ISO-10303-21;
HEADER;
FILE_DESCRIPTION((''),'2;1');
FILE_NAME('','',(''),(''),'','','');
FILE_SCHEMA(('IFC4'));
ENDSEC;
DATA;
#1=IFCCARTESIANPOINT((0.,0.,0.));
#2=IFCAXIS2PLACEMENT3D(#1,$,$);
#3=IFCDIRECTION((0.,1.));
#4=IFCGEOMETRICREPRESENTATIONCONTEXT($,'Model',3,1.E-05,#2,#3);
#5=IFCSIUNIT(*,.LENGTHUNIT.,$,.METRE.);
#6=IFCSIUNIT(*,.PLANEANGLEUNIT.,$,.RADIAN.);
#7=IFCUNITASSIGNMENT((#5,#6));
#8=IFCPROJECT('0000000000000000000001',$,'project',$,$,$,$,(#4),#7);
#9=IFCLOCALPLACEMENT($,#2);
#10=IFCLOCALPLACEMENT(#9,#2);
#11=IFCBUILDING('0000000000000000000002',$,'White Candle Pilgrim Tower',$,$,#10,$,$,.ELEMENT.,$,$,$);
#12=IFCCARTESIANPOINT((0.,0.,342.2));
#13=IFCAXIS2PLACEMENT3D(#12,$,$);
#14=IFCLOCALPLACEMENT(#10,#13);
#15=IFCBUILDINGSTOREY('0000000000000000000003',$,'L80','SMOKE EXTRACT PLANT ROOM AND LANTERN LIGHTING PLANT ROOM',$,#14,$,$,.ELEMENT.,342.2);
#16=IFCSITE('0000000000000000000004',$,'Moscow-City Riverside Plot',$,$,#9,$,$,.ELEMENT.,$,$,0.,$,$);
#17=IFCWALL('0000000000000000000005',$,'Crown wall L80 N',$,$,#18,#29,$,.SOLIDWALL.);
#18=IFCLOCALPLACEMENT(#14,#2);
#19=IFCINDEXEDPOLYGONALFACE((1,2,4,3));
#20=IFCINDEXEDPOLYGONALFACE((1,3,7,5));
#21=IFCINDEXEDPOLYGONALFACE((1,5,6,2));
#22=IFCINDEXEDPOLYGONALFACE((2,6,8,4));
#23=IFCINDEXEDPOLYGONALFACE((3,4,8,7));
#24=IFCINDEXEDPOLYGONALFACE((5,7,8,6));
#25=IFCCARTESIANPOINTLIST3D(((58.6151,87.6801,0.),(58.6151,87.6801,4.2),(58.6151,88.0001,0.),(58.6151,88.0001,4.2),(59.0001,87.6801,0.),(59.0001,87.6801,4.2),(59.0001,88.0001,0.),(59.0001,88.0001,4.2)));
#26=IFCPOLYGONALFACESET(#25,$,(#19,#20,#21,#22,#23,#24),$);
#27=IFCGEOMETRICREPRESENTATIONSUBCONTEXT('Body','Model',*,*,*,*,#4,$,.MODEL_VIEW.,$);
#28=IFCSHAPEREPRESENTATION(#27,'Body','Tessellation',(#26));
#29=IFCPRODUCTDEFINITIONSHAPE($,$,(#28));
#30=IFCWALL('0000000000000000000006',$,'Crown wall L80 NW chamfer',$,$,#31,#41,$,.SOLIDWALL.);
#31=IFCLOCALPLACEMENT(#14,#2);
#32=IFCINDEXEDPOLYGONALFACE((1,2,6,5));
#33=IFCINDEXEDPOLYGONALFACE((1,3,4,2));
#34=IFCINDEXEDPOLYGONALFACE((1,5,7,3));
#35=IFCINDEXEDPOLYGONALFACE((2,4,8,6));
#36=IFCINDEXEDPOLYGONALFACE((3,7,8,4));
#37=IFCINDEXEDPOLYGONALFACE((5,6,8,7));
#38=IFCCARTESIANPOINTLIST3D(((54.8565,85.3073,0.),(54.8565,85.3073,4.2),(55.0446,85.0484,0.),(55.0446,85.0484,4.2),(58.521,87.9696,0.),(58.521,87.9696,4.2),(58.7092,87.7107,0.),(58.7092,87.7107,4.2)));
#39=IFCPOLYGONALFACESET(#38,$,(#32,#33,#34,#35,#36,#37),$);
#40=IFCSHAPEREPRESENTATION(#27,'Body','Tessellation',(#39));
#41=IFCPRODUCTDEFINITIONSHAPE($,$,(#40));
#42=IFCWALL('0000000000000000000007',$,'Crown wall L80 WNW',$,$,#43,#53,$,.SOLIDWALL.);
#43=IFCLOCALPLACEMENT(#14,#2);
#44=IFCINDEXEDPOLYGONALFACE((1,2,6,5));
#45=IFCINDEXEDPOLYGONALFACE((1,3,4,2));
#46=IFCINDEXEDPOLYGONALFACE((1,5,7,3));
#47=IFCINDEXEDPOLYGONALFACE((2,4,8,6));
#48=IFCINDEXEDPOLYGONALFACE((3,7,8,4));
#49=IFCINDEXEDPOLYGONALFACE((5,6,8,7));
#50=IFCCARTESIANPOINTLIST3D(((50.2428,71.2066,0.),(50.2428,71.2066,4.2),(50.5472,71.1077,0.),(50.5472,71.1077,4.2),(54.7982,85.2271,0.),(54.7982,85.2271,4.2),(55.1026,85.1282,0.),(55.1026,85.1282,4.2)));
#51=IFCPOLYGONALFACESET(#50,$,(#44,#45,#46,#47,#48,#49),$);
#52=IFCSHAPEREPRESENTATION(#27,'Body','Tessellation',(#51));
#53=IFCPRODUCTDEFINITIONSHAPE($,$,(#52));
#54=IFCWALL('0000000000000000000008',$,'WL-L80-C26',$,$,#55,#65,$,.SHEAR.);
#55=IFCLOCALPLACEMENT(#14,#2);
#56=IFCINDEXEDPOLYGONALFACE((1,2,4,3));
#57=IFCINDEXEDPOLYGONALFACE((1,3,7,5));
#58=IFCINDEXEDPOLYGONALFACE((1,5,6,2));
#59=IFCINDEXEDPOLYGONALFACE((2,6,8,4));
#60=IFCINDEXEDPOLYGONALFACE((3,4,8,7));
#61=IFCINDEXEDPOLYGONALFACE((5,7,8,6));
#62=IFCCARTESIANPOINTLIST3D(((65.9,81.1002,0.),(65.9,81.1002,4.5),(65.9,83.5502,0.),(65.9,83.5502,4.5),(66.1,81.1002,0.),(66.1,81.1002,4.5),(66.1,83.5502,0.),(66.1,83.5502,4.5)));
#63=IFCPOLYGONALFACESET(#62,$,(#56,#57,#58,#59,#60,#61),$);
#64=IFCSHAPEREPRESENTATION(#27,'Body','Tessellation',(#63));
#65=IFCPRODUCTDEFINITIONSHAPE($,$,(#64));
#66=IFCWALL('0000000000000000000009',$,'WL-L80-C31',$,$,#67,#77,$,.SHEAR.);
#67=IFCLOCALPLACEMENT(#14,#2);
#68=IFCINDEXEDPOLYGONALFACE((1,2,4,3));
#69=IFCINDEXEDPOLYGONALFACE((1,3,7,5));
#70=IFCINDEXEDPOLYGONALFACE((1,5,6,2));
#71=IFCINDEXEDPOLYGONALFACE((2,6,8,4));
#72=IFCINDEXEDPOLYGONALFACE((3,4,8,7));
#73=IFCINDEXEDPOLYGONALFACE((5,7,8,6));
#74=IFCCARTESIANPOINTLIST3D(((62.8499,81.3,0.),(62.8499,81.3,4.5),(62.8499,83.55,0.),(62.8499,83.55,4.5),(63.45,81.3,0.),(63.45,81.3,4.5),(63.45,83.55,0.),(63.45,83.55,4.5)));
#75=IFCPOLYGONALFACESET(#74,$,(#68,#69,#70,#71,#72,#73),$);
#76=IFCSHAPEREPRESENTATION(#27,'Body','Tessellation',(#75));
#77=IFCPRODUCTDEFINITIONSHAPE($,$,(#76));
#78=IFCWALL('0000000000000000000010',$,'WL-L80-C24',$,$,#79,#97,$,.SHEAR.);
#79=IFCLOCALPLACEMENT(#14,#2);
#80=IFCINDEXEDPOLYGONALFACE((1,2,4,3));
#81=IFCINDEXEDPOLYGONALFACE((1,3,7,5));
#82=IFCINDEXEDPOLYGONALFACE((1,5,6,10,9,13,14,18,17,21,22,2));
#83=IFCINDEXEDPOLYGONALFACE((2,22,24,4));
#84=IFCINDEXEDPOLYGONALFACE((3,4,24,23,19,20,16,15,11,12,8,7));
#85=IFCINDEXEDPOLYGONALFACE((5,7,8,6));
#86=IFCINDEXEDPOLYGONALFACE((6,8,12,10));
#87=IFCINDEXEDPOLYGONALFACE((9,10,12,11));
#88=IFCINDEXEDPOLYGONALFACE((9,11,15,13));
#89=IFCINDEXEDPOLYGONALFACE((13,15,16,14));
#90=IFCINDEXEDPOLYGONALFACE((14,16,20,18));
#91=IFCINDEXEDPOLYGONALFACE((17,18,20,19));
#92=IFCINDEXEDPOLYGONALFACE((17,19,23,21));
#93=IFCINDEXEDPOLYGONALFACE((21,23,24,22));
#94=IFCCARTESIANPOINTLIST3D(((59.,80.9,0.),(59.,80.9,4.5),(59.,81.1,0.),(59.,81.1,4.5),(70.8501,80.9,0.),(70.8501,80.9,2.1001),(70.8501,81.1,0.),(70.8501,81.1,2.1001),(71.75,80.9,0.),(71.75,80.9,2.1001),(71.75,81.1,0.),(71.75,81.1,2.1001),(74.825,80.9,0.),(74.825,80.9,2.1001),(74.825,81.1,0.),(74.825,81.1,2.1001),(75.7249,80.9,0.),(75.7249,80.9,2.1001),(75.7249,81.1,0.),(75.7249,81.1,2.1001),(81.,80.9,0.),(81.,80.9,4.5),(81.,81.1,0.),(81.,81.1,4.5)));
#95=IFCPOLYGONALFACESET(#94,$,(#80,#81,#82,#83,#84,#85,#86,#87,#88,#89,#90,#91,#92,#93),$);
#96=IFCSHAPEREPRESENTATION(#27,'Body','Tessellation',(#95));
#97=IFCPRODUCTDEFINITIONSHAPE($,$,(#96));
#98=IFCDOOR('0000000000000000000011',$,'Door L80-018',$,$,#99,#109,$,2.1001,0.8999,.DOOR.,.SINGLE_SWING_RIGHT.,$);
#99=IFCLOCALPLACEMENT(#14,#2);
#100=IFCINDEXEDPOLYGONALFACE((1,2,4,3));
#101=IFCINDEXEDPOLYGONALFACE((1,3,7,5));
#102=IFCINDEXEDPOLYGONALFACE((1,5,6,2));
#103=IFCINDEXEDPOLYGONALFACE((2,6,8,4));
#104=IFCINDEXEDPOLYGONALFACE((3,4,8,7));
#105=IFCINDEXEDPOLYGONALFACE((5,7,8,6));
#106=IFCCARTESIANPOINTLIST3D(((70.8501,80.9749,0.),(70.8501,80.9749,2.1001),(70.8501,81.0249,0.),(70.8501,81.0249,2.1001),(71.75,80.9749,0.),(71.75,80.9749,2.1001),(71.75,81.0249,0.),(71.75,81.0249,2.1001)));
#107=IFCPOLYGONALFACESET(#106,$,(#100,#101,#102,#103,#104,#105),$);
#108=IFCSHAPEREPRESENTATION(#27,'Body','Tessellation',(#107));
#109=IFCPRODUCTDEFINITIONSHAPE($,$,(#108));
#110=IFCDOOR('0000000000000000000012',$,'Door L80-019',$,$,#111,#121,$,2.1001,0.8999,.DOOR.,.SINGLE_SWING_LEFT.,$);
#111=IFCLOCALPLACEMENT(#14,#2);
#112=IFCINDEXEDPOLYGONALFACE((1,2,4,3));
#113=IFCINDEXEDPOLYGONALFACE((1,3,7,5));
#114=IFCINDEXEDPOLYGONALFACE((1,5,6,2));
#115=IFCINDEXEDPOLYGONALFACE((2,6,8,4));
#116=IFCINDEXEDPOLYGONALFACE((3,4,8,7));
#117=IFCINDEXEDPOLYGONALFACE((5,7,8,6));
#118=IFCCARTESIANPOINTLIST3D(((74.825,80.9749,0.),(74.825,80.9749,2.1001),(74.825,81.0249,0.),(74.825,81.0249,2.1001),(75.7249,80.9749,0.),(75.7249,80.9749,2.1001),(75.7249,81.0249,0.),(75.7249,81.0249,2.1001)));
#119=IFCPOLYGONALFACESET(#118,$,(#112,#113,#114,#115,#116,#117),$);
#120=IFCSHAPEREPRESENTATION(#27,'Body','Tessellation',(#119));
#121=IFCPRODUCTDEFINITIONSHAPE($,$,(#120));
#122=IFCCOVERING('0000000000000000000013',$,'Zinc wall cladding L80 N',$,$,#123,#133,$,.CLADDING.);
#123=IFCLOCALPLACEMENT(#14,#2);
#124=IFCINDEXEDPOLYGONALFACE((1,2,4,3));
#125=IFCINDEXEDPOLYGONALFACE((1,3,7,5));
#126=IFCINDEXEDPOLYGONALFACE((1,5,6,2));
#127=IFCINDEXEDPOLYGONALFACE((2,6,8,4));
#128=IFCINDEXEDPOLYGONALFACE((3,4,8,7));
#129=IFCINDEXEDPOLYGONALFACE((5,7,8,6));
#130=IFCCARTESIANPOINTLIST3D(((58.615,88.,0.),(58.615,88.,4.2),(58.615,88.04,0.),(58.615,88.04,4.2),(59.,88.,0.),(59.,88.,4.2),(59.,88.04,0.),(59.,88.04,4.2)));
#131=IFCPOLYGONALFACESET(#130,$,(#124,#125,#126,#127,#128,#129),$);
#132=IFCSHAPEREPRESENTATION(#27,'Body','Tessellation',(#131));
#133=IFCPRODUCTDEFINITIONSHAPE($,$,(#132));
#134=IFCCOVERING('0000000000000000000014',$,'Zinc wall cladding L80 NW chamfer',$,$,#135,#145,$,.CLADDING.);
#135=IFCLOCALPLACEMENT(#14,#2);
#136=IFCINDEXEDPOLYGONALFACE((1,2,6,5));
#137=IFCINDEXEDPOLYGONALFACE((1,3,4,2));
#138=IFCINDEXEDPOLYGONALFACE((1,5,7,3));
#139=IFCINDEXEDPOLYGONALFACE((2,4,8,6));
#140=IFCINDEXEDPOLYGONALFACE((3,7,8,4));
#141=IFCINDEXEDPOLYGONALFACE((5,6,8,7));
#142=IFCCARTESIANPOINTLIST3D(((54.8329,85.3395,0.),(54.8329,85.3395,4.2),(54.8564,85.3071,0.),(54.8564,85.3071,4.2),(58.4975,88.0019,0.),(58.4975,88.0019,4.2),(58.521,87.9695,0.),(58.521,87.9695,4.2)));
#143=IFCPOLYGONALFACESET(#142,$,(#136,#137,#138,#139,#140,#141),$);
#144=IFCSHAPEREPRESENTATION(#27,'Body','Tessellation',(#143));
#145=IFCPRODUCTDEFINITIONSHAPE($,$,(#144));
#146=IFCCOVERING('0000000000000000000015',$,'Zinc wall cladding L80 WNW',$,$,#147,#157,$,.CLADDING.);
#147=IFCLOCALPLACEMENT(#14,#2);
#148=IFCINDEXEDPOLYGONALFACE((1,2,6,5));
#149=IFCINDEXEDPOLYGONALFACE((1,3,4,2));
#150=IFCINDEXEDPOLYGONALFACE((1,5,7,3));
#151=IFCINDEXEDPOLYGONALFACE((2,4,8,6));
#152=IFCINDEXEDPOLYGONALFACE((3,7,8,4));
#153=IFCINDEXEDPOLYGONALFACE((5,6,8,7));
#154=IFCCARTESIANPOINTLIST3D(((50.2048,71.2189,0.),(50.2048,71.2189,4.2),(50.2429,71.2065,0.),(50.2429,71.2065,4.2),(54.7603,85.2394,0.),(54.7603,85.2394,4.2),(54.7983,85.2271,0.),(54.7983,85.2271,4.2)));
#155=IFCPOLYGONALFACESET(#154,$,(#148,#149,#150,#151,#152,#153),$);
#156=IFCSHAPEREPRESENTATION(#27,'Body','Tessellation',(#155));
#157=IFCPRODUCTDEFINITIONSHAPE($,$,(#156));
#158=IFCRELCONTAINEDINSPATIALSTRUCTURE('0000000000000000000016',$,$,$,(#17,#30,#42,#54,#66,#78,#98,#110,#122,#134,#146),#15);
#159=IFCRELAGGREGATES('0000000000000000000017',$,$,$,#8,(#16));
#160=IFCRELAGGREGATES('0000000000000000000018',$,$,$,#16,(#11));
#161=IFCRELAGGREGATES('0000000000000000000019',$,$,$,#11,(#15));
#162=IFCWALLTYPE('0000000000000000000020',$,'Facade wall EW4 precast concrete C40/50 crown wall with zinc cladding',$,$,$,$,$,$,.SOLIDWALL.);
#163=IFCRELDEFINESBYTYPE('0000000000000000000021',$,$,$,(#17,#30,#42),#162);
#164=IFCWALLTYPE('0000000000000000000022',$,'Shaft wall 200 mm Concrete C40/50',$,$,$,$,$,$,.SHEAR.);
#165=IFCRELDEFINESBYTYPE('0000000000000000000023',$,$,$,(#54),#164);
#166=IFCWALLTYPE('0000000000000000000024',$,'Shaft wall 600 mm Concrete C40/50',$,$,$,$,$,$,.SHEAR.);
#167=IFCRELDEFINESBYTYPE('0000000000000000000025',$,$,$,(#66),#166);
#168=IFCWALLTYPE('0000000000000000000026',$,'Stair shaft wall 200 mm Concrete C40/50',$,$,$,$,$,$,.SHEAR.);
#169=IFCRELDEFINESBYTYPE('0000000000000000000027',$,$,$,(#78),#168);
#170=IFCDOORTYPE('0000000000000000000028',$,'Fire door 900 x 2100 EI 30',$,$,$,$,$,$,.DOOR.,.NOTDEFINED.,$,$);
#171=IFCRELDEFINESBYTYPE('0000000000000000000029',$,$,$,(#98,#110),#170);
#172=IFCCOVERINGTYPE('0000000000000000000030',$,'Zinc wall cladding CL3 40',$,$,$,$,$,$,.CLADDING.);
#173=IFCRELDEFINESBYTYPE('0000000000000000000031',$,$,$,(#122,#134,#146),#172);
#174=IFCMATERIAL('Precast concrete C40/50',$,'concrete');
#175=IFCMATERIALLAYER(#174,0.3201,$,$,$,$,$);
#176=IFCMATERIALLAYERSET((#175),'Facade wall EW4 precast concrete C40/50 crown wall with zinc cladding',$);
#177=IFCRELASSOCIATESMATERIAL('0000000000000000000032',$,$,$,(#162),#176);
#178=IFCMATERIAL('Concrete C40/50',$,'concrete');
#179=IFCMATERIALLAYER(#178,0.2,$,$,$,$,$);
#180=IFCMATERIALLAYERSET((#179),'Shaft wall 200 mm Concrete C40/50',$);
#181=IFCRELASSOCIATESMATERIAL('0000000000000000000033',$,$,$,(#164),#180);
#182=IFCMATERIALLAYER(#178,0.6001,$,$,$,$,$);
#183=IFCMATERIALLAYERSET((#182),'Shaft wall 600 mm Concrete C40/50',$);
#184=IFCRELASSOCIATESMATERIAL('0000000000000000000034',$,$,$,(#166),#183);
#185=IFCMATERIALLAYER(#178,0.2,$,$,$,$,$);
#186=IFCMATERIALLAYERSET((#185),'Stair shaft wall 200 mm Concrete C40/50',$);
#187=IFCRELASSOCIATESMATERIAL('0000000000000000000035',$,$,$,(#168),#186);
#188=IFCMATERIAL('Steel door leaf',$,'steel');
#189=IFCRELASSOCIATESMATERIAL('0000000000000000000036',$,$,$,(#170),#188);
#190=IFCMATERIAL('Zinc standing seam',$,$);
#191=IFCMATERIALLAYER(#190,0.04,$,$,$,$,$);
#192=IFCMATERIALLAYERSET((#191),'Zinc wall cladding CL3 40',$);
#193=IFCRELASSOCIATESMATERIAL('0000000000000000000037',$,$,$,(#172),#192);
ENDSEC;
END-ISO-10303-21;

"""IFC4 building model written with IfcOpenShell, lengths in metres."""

from ifc_helpers import new_model, si_unit, direction, frame, frame_2d, origin, place, context, subcontext, project, spatial, polyline, rectangle, outline, extrude, material, layer, layer_set, type_object, element, fill, save


model = new_model("IFC4")

# Units and contexts
model_context = context("Model", 3, precision=1e-05, world=origin(), true_north=direction((0.0, 1.0)))
body_context = subcontext(model_context, "Body", "Model", "MODEL_VIEW")
ifc_project = project(units=[si_unit("LENGTHUNIT", "METRE"), si_unit("PLANEANGLEUNIT", "RADIAN")], contexts=[model_context])

# Site, building, storey
site_placement = place(None, origin())
site = spatial("IfcSite", under=ifc_project, at=site_placement, Name="Moscow-City Riverside Plot", CompositionType="ELEMENT", RefElevation=0.0)
building_placement = place(site_placement, origin())
building = spatial("IfcBuilding", under=site, at=building_placement, Name="White Candle Pilgrim Tower", CompositionType="ELEMENT")
storey_placement = place(building_placement, frame((0.0, 0.0, 342.2)))
storey = spatial("IfcBuildingStorey", under=building, at=storey_placement, Name="L80", Description="SMOKE EXTRACT PLANT ROOM AND LANTERN LIGHTING PLANT ROOM", CompositionType="ELEMENT", Elevation=342.2)

# Shared definitions
ifc_material_1 = material(Name="Concrete C40/50", Category="concrete")

# Shared definitions
ifc_material_2 = material(Name="Steel door leaf", Category="steel")

# Walls
ifc_material_3 = material(Name="Precast concrete C40/50", Category="concrete")
ifc_layer_1 = layer(ifc_material_3, 0.3201)
ifc_layer_set_1 = layer_set([ifc_layer_1], Name="Facade wall EW4 precast concrete C40/50 crown wall with zinc cladding")
wall_type_1 = type_object("IfcWallType", Name="Facade wall EW4 precast concrete C40/50 crown wall with zinc cladding", PredefinedType="SOLIDWALL", material=ifc_layer_set_1)
wall_1_placement = place(storey_placement, frame((59.0, 87.8401, 0.0), z_axis=(0.0, 0.0, 1.0), x_axis=(-1.0, 0.0, 0.0)))
element("IfcWall", 1, at=wall_1_placement, inside=storey, type_object=wall_type_1, Name="Crown wall L80 N", PredefinedType="SOLIDWALL", context=body_context, shape_type="SweptSolid", body=[
    extrude(rectangle(XDim=0.385, YDim=0.3201, at=frame_2d((0.1924, 0.0))), origin(), (0.0, 0.0, 1.0), 4.2),
])
wall_2_placement = place(storey_placement, frame((58.615, 87.8401, 0.0), z_axis=(0.0, 0.0, 1.0), x_axis=(-0.809027, -0.587771, 0.0)))
element("IfcWall", 2, at=wall_2_placement, inside=storey, type_object=wall_type_1, Name="Crown wall L80 NW chamfer", PredefinedType="SOLIDWALL", context=body_context, shape_type="SweptSolid", body=[
    extrude(rectangle(XDim=4.5295, YDim=0.3201, at=frame_2d((2.2646, 0.0))), origin(), (0.0, 0.0, 1.0), 4.2),
])
wall_3_placement = place(storey_placement, frame((54.9504, 85.1777, 0.0), z_axis=(0.0, 0.0, 1.0), x_axis=(-0.30901, -0.951059, 0.0)))
element("IfcWall", 3, at=wall_3_placement, inside=storey, type_object=wall_type_1, Name="Crown wall L80 WNW", PredefinedType="SOLIDWALL", context=body_context, shape_type="SweptSolid", body=[
    extrude(rectangle(XDim=14.7419, YDim=0.3201, at=frame_2d((7.3711, 0.0))), origin(), (0.0, 0.0, 1.0), 4.2),
])
ifc_layer_2 = layer(ifc_material_1, 0.2)
ifc_layer_set_2 = layer_set([ifc_layer_2], Name="Shaft wall 200 mm Concrete C40/50")
wall_type_2 = type_object("IfcWallType", Name="Shaft wall 200 mm Concrete C40/50", PredefinedType="SHEAR", material=ifc_layer_set_2)
wall_4_placement = place(storey_placement, frame((66.0, 81.1001, 0.0), z_axis=(0.0, 0.0, 1.0), x_axis=(0.0, 1.0, 0.0)))
element("IfcWall", 4, at=wall_4_placement, inside=storey, type_object=wall_type_2, Name="WL-L80-C26", PredefinedType="SHEAR", context=body_context, shape_type="SweptSolid", body=[
    extrude(rectangle(XDim=2.45, YDim=0.2, at=frame_2d((1.2251, 0.0))), origin(), (0.0, 0.0, 1.0), 4.5),
])
ifc_layer_3 = layer(ifc_material_1, 0.6001)
ifc_layer_set_3 = layer_set([ifc_layer_3], Name="Shaft wall 600 mm Concrete C40/50")
wall_type_3 = type_object("IfcWallType", Name="Shaft wall 600 mm Concrete C40/50", PredefinedType="SHEAR", material=ifc_layer_set_3)
wall_5_placement = place(storey_placement, frame((63.1499, 81.3, 0.0), z_axis=(0.0, 0.0, 1.0), x_axis=(0.0, 1.0, 0.0)))
element("IfcWall", 5, at=wall_5_placement, inside=storey, type_object=wall_type_3, Name="WL-L80-C31", PredefinedType="SHEAR", context=body_context, shape_type="SweptSolid", body=[
    extrude(rectangle(XDim=2.25, YDim=0.6001, at=frame_2d((1.125, 0.0))), origin(), (0.0, 0.0, 1.0), 4.5),
])

# Wall, openings, doors
ifc_layer_4 = layer(ifc_material_1, 0.2)
ifc_layer_set_4 = layer_set([ifc_layer_4], Name="Stair shaft wall 200 mm Concrete C40/50")
wall_type_4 = type_object("IfcWallType", Name="Stair shaft wall 200 mm Concrete C40/50", PredefinedType="SHEAR", material=ifc_layer_set_4)
wall_6_placement = place(storey_placement, frame((59.0, 81.0, 0.0), z_axis=(0.0, 0.0, 1.0), x_axis=(1.0, 0.0, 0.0)))
wall_6 = element("IfcWall", 6, at=wall_6_placement, inside=storey, type_object=wall_type_4, Name="WL-L80-C24", PredefinedType="SHEAR", context=body_context, shape_type="SweptSolid", body=[
    extrude(rectangle(XDim=22.0, YDim=0.2, at=frame_2d((11.0, 0.0))), origin(), (0.0, 0.0, 1.0), 4.5),
])
opening_1_placement = place(wall_6_placement, frame((11.8501, 0.0, 0.0)))
opening_1 = element("IfcOpeningElement", 7, at=opening_1_placement, cuts=wall_6, PredefinedType="OPENING", context=body_context, shape_type="SweptSolid", body=[
    extrude(rectangle(XDim=0.8999, YDim=2.1001, at=frame_2d((0.45, 1.05))), frame((0.0, 0.1099, 0.0), z_axis=(0.0, -1.0, 0.0), x_axis=(1.0, 0.0, 0.0)), (0.0, 0.0, 1.0), 0.22),
])
opening_2_placement = place(wall_6_placement, frame((15.825, 0.0, 0.0)))
opening_2 = element("IfcOpeningElement", 8, at=opening_2_placement, cuts=wall_6, PredefinedType="OPENING", context=body_context, shape_type="SweptSolid", body=[
    extrude(rectangle(XDim=0.8999, YDim=2.1001, at=frame_2d((0.45, 1.05))), frame((0.0, 0.1099, 0.0), z_axis=(0.0, -1.0, 0.0), x_axis=(1.0, 0.0, 0.0)), (0.0, 0.0, 1.0), 0.22),
])
door_type_1 = type_object("IfcDoorType", Name="Fire door 900 x 2100 EI 30", OperationType="NOTDEFINED", PredefinedType="DOOR", material=ifc_material_2)
door_1_placement = place(opening_1_placement, origin())
door_1 = element("IfcDoor", 9, at=door_1_placement, inside=storey, type_object=door_type_1, Name="Door L80-018", OperationType="SINGLE_SWING_RIGHT", OverallHeight=2.1001, OverallWidth=0.8999, PredefinedType="DOOR", context=body_context, shape_type="SweptSolid", body=[
    extrude(rectangle(XDim=0.8999, YDim=2.1001, at=frame_2d((0.45, 1.05))), frame((0.0, 0.0249, 0.0), z_axis=(0.0, -1.0, 0.0), x_axis=(1.0, 0.0, 0.0)), (0.0, 0.0, 1.0), 0.05),
])
fill(opening_1, door_1)
door_2_placement = place(opening_2_placement, origin())
door_2 = element("IfcDoor", 10, at=door_2_placement, inside=storey, type_object=door_type_1, Name="Door L80-019", OperationType="SINGLE_SWING_LEFT", OverallHeight=2.1001, OverallWidth=0.8999, PredefinedType="DOOR", context=body_context, shape_type="SweptSolid", body=[
    extrude(rectangle(XDim=0.8999, YDim=2.1001, at=frame_2d((0.45, 1.05))), frame((0.0, 0.0249, 0.0), z_axis=(0.0, -1.0, 0.0), x_axis=(1.0, 0.0, 0.0)), (0.0, 0.0, 1.0), 0.05),
])
fill(opening_2, door_2)

# Coverings
ifc_material_4 = material(Name="Zinc standing seam")
ifc_layer_5 = layer(ifc_material_4, 0.04)
ifc_layer_set_5 = layer_set([ifc_layer_5], Name="Zinc wall cladding CL3 40")
covering_type = type_object("IfcCoveringType", Name="Zinc wall cladding CL3 40", PredefinedType="CLADDING", material=ifc_layer_set_5)
covering_1_placement = place(storey_placement, frame((59.0, 88.0, 4.2), z_axis=(0.0, -1.0, 0.0), x_axis=(-1.0, 0.0, 0.0)))
element("IfcCovering", 11, at=covering_1_placement, inside=storey, type_object=covering_type, Name="Zinc wall cladding L80 N", PredefinedType="CLADDING", context=body_context, shape_type="SweptSolid", body=[
    extrude(outline(polyline([(0.0, 0.0), (0.385, 0.0), (0.385, 4.2), (0.0, 4.2), (0.0, 0.0)])), origin(), (0.0, 0.0, -1.0), 0.04),
])
covering_2_placement = place(storey_placement, frame((58.521, 87.9695, 4.2), z_axis=(0.587771, -0.809027, 0.0), x_axis=(-0.809027, -0.587771, 0.0)))
element("IfcCovering", 12, at=covering_2_placement, inside=storey, type_object=covering_type, Name="Zinc wall cladding L80 NW chamfer", PredefinedType="CLADDING", context=body_context, shape_type="SweptSolid", body=[
    extrude(outline(polyline([(0.0, 0.0), (4.5296, 0.0), (4.5296, 4.2), (0.0, 4.2), (0.0, 0.0)])), origin(), (0.0, 0.0, -1.0), 0.04),
])
covering_3_placement = place(storey_placement, frame((54.7983, 85.2271, 4.2), z_axis=(0.951059, -0.30901, 0.0), x_axis=(-0.30901, -0.951059, 0.0)))
element("IfcCovering", 13, at=covering_3_placement, inside=storey, type_object=covering_type, Name="Zinc wall cladding L80 WNW", PredefinedType="CLADDING", context=body_context, shape_type="SweptSolid", body=[
    extrude(outline(polyline([(0.0, 0.0), (14.742, 0.0), (14.742, 4.2), (0.0, 4.2), (0.0, 0.0)])), origin(), (0.0, 0.0, -1.0), 0.04),
])

save(model, "model.ifc")
